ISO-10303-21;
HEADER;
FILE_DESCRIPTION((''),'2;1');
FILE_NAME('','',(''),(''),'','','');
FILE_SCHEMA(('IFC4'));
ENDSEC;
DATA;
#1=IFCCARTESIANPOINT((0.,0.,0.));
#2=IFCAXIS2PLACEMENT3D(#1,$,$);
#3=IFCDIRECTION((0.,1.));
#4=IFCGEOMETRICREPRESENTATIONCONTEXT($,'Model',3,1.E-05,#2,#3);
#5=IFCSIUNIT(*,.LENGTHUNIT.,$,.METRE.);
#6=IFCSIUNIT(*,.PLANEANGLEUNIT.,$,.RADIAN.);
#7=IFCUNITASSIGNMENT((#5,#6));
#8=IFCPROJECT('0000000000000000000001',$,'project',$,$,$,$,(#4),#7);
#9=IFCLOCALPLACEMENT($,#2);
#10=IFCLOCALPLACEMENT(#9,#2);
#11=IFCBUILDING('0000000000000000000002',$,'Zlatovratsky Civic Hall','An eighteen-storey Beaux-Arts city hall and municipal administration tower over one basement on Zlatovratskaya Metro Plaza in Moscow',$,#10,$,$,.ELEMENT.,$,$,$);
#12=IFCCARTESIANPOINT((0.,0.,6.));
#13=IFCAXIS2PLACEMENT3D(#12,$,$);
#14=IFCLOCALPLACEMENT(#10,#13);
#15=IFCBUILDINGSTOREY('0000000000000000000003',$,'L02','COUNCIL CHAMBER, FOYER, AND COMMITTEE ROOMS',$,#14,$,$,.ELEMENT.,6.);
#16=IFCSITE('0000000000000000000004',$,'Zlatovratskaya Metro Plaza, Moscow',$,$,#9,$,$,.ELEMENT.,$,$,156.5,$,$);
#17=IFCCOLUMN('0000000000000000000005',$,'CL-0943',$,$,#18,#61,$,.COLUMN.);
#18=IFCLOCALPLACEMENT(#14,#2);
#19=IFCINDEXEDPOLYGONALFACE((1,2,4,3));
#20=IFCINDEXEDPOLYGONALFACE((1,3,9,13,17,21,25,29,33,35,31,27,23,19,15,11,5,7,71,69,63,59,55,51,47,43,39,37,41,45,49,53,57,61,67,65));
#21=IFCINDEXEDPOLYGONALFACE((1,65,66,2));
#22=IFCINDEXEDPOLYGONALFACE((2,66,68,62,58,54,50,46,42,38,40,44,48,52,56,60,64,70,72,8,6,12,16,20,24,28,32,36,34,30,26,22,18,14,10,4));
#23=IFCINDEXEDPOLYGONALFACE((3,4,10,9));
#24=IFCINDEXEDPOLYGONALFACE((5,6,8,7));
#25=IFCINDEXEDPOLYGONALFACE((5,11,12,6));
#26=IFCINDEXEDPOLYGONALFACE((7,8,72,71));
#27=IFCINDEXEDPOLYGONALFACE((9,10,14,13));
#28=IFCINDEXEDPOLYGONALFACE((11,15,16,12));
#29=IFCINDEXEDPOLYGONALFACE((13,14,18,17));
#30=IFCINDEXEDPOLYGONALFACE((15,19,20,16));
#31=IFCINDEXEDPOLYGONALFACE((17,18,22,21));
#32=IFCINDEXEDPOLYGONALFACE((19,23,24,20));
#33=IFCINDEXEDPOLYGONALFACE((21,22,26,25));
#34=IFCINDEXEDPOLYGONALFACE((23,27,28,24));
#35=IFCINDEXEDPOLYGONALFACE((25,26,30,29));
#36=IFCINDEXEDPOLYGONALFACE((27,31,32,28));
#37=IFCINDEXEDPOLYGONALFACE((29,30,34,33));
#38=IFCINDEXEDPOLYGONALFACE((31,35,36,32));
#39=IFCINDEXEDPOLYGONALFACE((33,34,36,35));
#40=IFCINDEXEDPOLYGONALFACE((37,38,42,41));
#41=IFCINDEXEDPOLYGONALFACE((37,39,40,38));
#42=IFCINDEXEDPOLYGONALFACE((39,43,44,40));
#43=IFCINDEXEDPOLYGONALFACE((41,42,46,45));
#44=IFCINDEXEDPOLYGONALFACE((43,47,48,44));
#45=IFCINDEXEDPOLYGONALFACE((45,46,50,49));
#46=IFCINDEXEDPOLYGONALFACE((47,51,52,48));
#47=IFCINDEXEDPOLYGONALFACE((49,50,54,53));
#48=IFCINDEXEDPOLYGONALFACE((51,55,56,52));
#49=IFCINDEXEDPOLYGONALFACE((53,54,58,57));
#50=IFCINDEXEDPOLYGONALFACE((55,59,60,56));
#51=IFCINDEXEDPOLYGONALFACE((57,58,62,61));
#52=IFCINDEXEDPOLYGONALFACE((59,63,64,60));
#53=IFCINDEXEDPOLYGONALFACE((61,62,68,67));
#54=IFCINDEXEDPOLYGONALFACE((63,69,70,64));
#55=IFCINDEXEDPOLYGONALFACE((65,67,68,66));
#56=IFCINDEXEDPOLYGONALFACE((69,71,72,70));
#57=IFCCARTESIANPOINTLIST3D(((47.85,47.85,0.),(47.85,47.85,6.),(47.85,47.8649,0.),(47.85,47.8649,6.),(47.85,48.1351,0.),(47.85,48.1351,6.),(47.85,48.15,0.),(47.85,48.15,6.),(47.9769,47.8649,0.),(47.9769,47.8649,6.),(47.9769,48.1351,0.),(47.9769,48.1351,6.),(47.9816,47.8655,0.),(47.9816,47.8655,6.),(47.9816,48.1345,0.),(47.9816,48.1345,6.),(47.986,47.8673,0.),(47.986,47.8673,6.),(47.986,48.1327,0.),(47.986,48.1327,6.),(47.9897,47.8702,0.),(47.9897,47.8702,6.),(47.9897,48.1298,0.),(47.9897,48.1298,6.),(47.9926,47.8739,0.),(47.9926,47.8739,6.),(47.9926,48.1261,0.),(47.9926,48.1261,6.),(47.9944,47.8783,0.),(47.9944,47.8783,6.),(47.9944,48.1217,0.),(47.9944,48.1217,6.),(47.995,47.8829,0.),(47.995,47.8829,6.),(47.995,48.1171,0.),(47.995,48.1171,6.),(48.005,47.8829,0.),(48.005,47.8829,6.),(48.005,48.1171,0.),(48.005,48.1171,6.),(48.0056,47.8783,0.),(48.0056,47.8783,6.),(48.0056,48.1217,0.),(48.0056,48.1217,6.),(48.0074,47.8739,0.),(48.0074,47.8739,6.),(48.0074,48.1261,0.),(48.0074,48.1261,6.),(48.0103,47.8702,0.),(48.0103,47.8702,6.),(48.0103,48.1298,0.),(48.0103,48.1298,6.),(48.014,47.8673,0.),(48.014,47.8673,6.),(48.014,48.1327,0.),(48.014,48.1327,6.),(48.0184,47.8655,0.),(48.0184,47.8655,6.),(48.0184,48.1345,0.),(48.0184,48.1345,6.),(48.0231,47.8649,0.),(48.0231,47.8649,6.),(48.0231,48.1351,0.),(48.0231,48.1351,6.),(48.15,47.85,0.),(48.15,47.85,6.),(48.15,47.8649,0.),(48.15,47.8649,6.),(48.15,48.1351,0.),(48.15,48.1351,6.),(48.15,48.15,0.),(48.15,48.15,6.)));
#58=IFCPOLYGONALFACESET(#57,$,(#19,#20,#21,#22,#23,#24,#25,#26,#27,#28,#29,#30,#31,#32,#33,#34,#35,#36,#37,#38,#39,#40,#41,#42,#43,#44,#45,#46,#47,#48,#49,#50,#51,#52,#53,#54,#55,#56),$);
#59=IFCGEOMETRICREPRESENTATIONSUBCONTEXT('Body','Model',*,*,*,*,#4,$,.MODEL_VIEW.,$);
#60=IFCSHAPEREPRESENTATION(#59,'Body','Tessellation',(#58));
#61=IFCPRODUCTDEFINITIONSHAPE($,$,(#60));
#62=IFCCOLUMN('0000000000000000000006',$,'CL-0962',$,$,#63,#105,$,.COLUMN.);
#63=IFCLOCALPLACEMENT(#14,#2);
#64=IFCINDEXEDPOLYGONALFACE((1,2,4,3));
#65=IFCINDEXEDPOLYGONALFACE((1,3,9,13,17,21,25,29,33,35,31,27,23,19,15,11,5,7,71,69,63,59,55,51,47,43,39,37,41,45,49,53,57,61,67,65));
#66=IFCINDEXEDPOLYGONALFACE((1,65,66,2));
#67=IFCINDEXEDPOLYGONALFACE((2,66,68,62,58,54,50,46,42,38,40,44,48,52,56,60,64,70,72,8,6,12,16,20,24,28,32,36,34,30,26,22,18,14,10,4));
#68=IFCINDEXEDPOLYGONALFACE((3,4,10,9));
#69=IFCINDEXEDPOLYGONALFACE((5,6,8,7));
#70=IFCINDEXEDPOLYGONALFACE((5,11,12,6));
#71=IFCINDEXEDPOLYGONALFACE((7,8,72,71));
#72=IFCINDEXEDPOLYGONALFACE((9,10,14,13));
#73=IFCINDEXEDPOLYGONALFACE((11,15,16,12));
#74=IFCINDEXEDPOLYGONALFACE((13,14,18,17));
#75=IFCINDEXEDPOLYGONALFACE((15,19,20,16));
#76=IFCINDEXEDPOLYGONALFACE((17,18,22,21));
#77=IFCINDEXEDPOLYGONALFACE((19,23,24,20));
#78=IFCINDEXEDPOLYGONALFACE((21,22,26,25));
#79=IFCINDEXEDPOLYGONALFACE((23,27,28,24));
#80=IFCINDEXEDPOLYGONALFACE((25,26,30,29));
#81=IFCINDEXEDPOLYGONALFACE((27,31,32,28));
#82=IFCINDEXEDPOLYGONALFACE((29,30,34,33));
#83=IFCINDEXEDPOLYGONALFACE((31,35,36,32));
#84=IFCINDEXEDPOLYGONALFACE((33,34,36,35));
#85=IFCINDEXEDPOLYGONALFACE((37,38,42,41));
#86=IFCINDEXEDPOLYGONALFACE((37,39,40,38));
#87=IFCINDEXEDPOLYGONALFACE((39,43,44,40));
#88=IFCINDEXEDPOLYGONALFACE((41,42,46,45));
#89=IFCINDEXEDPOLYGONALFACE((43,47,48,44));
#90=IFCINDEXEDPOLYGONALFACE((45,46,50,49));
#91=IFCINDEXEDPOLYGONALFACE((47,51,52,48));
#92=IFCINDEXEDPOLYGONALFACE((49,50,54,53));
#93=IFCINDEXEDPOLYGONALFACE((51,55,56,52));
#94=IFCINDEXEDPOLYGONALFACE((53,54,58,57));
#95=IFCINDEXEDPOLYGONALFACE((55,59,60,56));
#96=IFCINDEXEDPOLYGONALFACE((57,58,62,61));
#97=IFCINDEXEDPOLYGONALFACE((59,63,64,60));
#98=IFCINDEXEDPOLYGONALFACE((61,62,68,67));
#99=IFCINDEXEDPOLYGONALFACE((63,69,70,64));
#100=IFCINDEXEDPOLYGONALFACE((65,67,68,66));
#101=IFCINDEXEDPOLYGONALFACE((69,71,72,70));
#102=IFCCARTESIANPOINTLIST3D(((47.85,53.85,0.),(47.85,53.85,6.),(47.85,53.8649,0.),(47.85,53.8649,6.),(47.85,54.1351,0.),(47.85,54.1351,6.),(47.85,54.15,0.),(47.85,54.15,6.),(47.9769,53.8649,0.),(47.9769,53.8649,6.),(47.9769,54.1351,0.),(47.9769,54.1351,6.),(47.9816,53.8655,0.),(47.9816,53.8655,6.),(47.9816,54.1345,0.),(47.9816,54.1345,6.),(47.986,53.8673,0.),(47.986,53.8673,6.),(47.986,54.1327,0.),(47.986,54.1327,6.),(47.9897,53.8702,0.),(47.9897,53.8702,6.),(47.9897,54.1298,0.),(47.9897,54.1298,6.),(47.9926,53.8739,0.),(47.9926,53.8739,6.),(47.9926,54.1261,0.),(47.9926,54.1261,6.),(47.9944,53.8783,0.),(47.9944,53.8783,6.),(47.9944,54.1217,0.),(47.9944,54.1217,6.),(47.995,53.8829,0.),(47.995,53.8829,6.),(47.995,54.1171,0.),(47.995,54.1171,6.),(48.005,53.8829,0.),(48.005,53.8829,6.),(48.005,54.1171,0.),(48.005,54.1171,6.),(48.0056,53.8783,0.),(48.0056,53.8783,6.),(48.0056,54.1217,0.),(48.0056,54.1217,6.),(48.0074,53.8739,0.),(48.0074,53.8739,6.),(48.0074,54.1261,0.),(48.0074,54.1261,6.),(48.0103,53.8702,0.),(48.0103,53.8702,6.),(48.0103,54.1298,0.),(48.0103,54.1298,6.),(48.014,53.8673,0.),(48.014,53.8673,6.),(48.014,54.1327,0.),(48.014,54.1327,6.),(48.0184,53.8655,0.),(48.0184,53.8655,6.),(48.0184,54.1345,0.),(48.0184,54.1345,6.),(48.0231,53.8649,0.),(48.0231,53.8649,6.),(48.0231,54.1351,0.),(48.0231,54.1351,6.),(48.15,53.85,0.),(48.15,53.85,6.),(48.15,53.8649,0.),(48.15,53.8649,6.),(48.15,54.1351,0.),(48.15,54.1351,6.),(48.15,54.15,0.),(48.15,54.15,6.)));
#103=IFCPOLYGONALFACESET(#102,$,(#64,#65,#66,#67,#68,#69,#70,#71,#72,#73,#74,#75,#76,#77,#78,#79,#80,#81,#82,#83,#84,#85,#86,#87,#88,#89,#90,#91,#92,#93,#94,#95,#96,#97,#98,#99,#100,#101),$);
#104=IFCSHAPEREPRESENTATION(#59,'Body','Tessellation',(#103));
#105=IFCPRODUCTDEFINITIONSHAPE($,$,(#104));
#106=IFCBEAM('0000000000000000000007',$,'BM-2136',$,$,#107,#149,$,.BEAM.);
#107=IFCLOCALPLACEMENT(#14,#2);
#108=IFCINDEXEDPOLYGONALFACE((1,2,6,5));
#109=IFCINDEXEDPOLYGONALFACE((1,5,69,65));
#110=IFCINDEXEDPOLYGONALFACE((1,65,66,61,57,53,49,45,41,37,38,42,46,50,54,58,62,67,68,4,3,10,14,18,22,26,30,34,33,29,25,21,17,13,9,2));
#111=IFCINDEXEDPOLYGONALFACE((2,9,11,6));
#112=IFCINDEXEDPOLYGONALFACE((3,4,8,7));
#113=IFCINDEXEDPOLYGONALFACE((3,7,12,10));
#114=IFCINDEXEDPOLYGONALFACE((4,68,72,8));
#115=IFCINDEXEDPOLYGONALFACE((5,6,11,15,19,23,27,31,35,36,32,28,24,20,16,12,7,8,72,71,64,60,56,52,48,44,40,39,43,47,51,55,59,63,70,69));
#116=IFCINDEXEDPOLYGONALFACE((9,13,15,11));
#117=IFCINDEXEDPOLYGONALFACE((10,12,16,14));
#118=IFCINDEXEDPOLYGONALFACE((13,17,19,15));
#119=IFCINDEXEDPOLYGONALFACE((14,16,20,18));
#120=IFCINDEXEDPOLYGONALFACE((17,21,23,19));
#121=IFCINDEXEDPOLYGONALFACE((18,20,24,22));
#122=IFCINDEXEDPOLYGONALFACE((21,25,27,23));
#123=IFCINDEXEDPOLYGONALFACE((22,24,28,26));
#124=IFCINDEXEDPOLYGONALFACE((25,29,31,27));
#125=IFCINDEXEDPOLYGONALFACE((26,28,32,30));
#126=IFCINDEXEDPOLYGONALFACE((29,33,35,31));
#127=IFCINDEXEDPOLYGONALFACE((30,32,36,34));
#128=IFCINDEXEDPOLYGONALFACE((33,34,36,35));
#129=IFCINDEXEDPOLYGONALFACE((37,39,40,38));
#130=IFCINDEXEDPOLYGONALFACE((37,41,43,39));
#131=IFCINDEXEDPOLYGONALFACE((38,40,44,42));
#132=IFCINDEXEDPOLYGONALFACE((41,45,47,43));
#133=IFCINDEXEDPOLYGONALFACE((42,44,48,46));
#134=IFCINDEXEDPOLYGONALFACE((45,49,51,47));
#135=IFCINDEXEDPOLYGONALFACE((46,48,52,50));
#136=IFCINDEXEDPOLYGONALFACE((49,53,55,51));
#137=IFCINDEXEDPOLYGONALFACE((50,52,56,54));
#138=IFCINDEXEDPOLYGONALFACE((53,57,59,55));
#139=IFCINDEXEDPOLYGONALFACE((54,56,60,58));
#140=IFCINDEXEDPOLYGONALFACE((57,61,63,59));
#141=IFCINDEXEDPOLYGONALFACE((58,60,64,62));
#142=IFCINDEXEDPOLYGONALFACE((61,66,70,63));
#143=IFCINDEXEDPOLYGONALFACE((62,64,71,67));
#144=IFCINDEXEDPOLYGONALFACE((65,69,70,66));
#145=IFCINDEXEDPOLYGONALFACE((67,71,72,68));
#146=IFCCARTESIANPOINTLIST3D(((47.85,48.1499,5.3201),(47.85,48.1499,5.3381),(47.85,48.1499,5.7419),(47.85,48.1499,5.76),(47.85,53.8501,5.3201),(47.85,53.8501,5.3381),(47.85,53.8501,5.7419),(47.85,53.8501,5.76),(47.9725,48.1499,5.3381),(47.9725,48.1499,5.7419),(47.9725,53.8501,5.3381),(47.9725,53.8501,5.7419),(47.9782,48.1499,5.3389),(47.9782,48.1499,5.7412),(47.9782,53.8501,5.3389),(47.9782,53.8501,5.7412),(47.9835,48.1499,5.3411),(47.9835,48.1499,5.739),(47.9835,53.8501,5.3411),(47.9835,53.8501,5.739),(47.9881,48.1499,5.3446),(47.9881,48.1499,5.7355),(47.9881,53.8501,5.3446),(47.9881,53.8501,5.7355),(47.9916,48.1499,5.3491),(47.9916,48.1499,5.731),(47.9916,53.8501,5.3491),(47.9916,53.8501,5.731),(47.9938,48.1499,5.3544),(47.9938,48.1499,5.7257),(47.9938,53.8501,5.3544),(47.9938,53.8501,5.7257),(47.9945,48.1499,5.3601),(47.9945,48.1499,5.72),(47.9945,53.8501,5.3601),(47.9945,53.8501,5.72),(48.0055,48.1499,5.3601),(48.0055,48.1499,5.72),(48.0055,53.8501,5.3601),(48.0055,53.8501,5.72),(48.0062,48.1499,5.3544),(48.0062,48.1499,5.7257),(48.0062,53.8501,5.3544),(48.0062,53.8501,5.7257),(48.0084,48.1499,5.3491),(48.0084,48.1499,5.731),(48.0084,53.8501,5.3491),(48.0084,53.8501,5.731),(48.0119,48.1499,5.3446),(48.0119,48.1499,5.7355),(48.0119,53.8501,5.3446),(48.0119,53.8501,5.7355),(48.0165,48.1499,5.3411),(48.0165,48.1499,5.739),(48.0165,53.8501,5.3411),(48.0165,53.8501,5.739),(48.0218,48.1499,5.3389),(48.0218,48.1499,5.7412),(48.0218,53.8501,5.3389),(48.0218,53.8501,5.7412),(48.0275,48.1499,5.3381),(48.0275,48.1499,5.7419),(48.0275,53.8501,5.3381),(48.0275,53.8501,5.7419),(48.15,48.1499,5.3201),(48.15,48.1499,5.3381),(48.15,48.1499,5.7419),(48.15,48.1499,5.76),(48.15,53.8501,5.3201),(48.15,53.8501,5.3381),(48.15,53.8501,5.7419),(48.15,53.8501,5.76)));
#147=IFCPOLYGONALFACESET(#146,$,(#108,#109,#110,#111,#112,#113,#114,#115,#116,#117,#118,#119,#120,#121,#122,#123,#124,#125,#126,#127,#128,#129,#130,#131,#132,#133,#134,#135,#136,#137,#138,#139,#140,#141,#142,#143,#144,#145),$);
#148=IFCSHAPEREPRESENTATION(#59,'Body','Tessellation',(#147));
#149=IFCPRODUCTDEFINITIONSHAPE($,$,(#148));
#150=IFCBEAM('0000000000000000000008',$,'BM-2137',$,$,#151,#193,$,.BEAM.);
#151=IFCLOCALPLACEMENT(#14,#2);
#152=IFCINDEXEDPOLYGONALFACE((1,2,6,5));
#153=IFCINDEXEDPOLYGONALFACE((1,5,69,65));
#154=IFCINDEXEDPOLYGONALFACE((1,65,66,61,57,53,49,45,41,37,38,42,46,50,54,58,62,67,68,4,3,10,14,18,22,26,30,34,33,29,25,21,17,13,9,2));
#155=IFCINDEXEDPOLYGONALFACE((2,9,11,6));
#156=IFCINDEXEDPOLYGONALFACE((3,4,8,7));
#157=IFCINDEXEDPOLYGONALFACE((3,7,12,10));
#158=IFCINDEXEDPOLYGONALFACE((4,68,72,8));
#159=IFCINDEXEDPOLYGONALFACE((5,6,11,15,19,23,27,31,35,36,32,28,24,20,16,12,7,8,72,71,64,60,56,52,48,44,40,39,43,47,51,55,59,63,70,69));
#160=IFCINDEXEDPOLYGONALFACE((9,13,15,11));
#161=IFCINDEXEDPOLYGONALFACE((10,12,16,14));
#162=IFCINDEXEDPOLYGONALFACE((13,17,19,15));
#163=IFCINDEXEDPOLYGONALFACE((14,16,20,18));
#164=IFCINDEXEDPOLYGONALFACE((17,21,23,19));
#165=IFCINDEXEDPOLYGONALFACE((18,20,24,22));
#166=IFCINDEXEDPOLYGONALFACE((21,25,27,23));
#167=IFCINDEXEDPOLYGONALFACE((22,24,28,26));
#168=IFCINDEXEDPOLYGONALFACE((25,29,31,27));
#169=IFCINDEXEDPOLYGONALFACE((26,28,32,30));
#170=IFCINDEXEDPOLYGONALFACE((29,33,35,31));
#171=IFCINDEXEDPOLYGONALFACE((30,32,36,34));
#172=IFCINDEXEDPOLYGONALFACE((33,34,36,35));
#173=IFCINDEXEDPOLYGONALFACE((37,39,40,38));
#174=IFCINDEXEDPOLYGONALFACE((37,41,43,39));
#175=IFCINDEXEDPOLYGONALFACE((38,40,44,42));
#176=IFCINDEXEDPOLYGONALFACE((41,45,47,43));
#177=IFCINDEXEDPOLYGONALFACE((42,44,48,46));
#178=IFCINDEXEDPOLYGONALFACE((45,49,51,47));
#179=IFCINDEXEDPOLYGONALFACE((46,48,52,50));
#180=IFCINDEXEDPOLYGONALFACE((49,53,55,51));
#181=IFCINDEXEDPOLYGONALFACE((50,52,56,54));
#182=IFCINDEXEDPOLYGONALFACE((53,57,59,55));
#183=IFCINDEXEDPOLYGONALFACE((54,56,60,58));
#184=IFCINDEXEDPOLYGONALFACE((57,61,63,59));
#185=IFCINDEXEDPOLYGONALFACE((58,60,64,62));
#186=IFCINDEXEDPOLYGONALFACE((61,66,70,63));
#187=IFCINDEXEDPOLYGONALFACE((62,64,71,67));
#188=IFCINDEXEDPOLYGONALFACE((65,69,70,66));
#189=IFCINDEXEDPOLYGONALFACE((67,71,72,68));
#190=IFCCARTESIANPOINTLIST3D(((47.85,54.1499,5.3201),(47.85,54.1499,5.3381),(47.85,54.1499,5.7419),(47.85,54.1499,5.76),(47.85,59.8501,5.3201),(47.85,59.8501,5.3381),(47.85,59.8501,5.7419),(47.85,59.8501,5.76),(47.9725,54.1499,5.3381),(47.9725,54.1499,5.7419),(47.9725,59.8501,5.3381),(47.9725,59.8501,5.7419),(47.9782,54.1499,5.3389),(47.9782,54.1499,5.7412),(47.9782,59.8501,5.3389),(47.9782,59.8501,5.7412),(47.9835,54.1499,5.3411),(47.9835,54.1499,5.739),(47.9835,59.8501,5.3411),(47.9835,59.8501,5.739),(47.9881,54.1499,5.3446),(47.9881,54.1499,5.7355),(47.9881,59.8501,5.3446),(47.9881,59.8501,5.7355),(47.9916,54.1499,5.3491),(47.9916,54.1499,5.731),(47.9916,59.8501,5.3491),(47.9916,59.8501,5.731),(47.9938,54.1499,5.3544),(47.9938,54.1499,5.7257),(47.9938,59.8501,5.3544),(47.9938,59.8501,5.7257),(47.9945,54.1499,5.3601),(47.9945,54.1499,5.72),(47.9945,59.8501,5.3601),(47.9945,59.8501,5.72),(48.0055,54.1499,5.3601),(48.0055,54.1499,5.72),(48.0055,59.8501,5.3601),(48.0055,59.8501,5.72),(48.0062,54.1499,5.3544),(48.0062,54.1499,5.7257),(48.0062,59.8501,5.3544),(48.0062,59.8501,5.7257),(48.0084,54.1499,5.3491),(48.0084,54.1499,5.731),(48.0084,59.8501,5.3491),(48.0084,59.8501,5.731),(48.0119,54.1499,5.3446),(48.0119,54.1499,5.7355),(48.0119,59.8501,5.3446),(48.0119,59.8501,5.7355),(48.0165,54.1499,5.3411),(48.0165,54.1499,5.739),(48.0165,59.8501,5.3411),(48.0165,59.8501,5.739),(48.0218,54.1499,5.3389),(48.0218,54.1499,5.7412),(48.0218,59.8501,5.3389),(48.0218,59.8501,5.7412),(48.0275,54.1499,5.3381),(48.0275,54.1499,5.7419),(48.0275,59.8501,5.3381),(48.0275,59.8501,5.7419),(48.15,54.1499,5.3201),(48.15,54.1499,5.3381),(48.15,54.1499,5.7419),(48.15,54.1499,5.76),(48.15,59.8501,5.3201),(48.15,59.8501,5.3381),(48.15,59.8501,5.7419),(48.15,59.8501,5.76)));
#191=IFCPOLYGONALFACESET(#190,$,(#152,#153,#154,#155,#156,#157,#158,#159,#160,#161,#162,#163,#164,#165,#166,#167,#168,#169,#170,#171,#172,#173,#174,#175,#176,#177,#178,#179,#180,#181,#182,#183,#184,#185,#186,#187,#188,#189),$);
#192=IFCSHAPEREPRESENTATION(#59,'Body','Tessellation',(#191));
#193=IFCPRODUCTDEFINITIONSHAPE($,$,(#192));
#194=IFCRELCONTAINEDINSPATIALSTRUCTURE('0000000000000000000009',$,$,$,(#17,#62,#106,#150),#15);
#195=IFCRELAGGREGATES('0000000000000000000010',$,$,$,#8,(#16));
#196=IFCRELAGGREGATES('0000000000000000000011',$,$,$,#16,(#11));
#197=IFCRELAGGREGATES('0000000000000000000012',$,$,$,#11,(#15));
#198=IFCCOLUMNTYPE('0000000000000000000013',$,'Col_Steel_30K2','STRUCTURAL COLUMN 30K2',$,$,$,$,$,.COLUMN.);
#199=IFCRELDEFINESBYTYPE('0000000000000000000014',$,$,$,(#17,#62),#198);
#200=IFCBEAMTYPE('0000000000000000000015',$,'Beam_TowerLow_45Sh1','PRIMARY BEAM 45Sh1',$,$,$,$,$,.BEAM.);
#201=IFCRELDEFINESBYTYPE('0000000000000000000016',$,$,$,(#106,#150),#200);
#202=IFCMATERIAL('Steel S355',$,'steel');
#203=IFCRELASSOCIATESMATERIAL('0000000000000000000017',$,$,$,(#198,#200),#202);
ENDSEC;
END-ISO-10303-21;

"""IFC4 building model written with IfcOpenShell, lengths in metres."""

from ifc_helpers import new_model, si_unit, direction, frame, origin, origin_2d, place, context, subcontext, project, spatial, i_section, extrude, material, material_profile, profile_set, type_object, element, save


model = new_model("IFC4")

# Units and contexts
model_context = context("Model", 3, precision=1e-05, world=origin(), true_north=direction((0.0, 1.0)))
body_context = subcontext(model_context, "Body", "Model", "MODEL_VIEW")
ifc_project = project(units=[si_unit("LENGTHUNIT", "METRE"), si_unit("PLANEANGLEUNIT", "RADIAN")], contexts=[model_context])

# Site, building, storey
site_placement = place(None, origin())
site = spatial("IfcSite", under=ifc_project, at=site_placement, Name="Zlatovratskaya Metro Plaza, Moscow", CompositionType="ELEMENT", RefElevation=156.5)
building_placement = place(site_placement, origin())
building = spatial("IfcBuilding", under=site, at=building_placement, Name="Zlatovratsky Civic Hall", Description="An eighteen-storey Beaux-Arts city hall and municipal administration tower over one basement on Zlatovratskaya Metro Plaza in Moscow", CompositionType="ELEMENT")
storey_placement = place(building_placement, frame((0.0, 0.0, 6.0)))
storey = spatial("IfcBuildingStorey", under=building, at=storey_placement, Name="L02", Description="COUNCIL CHAMBER, FOYER, AND COMMITTEE ROOMS", CompositionType="ELEMENT", Elevation=6.0)

# Columns
ifc_material_1 = material(Name="Steel S355", Category="steel")
ifc_material_profile_1 = material_profile(ifc_material_1, i_section(OverallWidth=0.3, OverallDepth=0.3, WebThickness=0.01, FlangeThickness=0.0149, FilletRadius=0.0181, at=origin_2d()), Name="30K2")
ifc_profile_set_1 = profile_set([ifc_material_profile_1], Name="Steel S355")
column_type = type_object("IfcColumnType", Name="Col_Steel_30K2", Description="STRUCTURAL COLUMN 30K2", PredefinedType="COLUMN", material=ifc_profile_set_1)
for number, where, z_axis, x_axis, name in (
    (1, (48.0, 48.0, 0.0), (0.0, 0.0, 1.0), (1.0, 0.0, 0.0), "CL-0943"),
    (2, (48.0, 54.0, 0.0), (0.0, 0.0, 1.0), (1.0, 0.0, 0.0), "CL-0962"),
):
    element("IfcColumn", number, at=place(storey_placement, frame(where, z_axis=z_axis, x_axis=x_axis)), inside=storey, type_object=column_type, Name=name, PredefinedType="COLUMN", context=body_context, shape_type="SweptSolid", body=[
        extrude(i_section(OverallWidth=0.3, OverallDepth=0.3, WebThickness=0.01, FlangeThickness=0.0149, FilletRadius=0.0181, at=origin_2d()), origin(), (0.0, 0.0, 1.0), 6.0),
    ])

# Beams
ifc_material_profile_2 = material_profile(ifc_material_1, i_section(OverallWidth=0.3, OverallDepth=0.4399, WebThickness=0.011, FlangeThickness=0.0181, FilletRadius=0.022, at=origin_2d()), Name="45Sh1")
ifc_profile_set_2 = profile_set([ifc_material_profile_2], Name="Steel S355")
beam_type = type_object("IfcBeamType", Name="Beam_TowerLow_45Sh1", Description="PRIMARY BEAM 45Sh1", PredefinedType="BEAM", material=ifc_profile_set_2)
for number, where, z_axis, x_axis, name in (
    (3, (48.0, 48.1499, 5.54), (0.0, 1.0, 0.0), (-1.0, 0.0, 0.0), "BM-2136"),
    (4, (48.0, 54.1499, 5.54), (0.0, 1.0, 0.0), (-1.0, 0.0, 0.0), "BM-2137"),
):
    element("IfcBeam", number, at=place(storey_placement, frame(where, z_axis=z_axis, x_axis=x_axis)), inside=storey, type_object=beam_type, Name=name, PredefinedType="BEAM", context=body_context, shape_type="SweptSolid", body=[
        extrude(i_section(OverallWidth=0.3, OverallDepth=0.4399, WebThickness=0.011, FlangeThickness=0.0181, FilletRadius=0.022, at=origin_2d()), origin(), (0.0, 0.0, 1.0), 5.7002),
    ])

save(model, "model.ifc")
